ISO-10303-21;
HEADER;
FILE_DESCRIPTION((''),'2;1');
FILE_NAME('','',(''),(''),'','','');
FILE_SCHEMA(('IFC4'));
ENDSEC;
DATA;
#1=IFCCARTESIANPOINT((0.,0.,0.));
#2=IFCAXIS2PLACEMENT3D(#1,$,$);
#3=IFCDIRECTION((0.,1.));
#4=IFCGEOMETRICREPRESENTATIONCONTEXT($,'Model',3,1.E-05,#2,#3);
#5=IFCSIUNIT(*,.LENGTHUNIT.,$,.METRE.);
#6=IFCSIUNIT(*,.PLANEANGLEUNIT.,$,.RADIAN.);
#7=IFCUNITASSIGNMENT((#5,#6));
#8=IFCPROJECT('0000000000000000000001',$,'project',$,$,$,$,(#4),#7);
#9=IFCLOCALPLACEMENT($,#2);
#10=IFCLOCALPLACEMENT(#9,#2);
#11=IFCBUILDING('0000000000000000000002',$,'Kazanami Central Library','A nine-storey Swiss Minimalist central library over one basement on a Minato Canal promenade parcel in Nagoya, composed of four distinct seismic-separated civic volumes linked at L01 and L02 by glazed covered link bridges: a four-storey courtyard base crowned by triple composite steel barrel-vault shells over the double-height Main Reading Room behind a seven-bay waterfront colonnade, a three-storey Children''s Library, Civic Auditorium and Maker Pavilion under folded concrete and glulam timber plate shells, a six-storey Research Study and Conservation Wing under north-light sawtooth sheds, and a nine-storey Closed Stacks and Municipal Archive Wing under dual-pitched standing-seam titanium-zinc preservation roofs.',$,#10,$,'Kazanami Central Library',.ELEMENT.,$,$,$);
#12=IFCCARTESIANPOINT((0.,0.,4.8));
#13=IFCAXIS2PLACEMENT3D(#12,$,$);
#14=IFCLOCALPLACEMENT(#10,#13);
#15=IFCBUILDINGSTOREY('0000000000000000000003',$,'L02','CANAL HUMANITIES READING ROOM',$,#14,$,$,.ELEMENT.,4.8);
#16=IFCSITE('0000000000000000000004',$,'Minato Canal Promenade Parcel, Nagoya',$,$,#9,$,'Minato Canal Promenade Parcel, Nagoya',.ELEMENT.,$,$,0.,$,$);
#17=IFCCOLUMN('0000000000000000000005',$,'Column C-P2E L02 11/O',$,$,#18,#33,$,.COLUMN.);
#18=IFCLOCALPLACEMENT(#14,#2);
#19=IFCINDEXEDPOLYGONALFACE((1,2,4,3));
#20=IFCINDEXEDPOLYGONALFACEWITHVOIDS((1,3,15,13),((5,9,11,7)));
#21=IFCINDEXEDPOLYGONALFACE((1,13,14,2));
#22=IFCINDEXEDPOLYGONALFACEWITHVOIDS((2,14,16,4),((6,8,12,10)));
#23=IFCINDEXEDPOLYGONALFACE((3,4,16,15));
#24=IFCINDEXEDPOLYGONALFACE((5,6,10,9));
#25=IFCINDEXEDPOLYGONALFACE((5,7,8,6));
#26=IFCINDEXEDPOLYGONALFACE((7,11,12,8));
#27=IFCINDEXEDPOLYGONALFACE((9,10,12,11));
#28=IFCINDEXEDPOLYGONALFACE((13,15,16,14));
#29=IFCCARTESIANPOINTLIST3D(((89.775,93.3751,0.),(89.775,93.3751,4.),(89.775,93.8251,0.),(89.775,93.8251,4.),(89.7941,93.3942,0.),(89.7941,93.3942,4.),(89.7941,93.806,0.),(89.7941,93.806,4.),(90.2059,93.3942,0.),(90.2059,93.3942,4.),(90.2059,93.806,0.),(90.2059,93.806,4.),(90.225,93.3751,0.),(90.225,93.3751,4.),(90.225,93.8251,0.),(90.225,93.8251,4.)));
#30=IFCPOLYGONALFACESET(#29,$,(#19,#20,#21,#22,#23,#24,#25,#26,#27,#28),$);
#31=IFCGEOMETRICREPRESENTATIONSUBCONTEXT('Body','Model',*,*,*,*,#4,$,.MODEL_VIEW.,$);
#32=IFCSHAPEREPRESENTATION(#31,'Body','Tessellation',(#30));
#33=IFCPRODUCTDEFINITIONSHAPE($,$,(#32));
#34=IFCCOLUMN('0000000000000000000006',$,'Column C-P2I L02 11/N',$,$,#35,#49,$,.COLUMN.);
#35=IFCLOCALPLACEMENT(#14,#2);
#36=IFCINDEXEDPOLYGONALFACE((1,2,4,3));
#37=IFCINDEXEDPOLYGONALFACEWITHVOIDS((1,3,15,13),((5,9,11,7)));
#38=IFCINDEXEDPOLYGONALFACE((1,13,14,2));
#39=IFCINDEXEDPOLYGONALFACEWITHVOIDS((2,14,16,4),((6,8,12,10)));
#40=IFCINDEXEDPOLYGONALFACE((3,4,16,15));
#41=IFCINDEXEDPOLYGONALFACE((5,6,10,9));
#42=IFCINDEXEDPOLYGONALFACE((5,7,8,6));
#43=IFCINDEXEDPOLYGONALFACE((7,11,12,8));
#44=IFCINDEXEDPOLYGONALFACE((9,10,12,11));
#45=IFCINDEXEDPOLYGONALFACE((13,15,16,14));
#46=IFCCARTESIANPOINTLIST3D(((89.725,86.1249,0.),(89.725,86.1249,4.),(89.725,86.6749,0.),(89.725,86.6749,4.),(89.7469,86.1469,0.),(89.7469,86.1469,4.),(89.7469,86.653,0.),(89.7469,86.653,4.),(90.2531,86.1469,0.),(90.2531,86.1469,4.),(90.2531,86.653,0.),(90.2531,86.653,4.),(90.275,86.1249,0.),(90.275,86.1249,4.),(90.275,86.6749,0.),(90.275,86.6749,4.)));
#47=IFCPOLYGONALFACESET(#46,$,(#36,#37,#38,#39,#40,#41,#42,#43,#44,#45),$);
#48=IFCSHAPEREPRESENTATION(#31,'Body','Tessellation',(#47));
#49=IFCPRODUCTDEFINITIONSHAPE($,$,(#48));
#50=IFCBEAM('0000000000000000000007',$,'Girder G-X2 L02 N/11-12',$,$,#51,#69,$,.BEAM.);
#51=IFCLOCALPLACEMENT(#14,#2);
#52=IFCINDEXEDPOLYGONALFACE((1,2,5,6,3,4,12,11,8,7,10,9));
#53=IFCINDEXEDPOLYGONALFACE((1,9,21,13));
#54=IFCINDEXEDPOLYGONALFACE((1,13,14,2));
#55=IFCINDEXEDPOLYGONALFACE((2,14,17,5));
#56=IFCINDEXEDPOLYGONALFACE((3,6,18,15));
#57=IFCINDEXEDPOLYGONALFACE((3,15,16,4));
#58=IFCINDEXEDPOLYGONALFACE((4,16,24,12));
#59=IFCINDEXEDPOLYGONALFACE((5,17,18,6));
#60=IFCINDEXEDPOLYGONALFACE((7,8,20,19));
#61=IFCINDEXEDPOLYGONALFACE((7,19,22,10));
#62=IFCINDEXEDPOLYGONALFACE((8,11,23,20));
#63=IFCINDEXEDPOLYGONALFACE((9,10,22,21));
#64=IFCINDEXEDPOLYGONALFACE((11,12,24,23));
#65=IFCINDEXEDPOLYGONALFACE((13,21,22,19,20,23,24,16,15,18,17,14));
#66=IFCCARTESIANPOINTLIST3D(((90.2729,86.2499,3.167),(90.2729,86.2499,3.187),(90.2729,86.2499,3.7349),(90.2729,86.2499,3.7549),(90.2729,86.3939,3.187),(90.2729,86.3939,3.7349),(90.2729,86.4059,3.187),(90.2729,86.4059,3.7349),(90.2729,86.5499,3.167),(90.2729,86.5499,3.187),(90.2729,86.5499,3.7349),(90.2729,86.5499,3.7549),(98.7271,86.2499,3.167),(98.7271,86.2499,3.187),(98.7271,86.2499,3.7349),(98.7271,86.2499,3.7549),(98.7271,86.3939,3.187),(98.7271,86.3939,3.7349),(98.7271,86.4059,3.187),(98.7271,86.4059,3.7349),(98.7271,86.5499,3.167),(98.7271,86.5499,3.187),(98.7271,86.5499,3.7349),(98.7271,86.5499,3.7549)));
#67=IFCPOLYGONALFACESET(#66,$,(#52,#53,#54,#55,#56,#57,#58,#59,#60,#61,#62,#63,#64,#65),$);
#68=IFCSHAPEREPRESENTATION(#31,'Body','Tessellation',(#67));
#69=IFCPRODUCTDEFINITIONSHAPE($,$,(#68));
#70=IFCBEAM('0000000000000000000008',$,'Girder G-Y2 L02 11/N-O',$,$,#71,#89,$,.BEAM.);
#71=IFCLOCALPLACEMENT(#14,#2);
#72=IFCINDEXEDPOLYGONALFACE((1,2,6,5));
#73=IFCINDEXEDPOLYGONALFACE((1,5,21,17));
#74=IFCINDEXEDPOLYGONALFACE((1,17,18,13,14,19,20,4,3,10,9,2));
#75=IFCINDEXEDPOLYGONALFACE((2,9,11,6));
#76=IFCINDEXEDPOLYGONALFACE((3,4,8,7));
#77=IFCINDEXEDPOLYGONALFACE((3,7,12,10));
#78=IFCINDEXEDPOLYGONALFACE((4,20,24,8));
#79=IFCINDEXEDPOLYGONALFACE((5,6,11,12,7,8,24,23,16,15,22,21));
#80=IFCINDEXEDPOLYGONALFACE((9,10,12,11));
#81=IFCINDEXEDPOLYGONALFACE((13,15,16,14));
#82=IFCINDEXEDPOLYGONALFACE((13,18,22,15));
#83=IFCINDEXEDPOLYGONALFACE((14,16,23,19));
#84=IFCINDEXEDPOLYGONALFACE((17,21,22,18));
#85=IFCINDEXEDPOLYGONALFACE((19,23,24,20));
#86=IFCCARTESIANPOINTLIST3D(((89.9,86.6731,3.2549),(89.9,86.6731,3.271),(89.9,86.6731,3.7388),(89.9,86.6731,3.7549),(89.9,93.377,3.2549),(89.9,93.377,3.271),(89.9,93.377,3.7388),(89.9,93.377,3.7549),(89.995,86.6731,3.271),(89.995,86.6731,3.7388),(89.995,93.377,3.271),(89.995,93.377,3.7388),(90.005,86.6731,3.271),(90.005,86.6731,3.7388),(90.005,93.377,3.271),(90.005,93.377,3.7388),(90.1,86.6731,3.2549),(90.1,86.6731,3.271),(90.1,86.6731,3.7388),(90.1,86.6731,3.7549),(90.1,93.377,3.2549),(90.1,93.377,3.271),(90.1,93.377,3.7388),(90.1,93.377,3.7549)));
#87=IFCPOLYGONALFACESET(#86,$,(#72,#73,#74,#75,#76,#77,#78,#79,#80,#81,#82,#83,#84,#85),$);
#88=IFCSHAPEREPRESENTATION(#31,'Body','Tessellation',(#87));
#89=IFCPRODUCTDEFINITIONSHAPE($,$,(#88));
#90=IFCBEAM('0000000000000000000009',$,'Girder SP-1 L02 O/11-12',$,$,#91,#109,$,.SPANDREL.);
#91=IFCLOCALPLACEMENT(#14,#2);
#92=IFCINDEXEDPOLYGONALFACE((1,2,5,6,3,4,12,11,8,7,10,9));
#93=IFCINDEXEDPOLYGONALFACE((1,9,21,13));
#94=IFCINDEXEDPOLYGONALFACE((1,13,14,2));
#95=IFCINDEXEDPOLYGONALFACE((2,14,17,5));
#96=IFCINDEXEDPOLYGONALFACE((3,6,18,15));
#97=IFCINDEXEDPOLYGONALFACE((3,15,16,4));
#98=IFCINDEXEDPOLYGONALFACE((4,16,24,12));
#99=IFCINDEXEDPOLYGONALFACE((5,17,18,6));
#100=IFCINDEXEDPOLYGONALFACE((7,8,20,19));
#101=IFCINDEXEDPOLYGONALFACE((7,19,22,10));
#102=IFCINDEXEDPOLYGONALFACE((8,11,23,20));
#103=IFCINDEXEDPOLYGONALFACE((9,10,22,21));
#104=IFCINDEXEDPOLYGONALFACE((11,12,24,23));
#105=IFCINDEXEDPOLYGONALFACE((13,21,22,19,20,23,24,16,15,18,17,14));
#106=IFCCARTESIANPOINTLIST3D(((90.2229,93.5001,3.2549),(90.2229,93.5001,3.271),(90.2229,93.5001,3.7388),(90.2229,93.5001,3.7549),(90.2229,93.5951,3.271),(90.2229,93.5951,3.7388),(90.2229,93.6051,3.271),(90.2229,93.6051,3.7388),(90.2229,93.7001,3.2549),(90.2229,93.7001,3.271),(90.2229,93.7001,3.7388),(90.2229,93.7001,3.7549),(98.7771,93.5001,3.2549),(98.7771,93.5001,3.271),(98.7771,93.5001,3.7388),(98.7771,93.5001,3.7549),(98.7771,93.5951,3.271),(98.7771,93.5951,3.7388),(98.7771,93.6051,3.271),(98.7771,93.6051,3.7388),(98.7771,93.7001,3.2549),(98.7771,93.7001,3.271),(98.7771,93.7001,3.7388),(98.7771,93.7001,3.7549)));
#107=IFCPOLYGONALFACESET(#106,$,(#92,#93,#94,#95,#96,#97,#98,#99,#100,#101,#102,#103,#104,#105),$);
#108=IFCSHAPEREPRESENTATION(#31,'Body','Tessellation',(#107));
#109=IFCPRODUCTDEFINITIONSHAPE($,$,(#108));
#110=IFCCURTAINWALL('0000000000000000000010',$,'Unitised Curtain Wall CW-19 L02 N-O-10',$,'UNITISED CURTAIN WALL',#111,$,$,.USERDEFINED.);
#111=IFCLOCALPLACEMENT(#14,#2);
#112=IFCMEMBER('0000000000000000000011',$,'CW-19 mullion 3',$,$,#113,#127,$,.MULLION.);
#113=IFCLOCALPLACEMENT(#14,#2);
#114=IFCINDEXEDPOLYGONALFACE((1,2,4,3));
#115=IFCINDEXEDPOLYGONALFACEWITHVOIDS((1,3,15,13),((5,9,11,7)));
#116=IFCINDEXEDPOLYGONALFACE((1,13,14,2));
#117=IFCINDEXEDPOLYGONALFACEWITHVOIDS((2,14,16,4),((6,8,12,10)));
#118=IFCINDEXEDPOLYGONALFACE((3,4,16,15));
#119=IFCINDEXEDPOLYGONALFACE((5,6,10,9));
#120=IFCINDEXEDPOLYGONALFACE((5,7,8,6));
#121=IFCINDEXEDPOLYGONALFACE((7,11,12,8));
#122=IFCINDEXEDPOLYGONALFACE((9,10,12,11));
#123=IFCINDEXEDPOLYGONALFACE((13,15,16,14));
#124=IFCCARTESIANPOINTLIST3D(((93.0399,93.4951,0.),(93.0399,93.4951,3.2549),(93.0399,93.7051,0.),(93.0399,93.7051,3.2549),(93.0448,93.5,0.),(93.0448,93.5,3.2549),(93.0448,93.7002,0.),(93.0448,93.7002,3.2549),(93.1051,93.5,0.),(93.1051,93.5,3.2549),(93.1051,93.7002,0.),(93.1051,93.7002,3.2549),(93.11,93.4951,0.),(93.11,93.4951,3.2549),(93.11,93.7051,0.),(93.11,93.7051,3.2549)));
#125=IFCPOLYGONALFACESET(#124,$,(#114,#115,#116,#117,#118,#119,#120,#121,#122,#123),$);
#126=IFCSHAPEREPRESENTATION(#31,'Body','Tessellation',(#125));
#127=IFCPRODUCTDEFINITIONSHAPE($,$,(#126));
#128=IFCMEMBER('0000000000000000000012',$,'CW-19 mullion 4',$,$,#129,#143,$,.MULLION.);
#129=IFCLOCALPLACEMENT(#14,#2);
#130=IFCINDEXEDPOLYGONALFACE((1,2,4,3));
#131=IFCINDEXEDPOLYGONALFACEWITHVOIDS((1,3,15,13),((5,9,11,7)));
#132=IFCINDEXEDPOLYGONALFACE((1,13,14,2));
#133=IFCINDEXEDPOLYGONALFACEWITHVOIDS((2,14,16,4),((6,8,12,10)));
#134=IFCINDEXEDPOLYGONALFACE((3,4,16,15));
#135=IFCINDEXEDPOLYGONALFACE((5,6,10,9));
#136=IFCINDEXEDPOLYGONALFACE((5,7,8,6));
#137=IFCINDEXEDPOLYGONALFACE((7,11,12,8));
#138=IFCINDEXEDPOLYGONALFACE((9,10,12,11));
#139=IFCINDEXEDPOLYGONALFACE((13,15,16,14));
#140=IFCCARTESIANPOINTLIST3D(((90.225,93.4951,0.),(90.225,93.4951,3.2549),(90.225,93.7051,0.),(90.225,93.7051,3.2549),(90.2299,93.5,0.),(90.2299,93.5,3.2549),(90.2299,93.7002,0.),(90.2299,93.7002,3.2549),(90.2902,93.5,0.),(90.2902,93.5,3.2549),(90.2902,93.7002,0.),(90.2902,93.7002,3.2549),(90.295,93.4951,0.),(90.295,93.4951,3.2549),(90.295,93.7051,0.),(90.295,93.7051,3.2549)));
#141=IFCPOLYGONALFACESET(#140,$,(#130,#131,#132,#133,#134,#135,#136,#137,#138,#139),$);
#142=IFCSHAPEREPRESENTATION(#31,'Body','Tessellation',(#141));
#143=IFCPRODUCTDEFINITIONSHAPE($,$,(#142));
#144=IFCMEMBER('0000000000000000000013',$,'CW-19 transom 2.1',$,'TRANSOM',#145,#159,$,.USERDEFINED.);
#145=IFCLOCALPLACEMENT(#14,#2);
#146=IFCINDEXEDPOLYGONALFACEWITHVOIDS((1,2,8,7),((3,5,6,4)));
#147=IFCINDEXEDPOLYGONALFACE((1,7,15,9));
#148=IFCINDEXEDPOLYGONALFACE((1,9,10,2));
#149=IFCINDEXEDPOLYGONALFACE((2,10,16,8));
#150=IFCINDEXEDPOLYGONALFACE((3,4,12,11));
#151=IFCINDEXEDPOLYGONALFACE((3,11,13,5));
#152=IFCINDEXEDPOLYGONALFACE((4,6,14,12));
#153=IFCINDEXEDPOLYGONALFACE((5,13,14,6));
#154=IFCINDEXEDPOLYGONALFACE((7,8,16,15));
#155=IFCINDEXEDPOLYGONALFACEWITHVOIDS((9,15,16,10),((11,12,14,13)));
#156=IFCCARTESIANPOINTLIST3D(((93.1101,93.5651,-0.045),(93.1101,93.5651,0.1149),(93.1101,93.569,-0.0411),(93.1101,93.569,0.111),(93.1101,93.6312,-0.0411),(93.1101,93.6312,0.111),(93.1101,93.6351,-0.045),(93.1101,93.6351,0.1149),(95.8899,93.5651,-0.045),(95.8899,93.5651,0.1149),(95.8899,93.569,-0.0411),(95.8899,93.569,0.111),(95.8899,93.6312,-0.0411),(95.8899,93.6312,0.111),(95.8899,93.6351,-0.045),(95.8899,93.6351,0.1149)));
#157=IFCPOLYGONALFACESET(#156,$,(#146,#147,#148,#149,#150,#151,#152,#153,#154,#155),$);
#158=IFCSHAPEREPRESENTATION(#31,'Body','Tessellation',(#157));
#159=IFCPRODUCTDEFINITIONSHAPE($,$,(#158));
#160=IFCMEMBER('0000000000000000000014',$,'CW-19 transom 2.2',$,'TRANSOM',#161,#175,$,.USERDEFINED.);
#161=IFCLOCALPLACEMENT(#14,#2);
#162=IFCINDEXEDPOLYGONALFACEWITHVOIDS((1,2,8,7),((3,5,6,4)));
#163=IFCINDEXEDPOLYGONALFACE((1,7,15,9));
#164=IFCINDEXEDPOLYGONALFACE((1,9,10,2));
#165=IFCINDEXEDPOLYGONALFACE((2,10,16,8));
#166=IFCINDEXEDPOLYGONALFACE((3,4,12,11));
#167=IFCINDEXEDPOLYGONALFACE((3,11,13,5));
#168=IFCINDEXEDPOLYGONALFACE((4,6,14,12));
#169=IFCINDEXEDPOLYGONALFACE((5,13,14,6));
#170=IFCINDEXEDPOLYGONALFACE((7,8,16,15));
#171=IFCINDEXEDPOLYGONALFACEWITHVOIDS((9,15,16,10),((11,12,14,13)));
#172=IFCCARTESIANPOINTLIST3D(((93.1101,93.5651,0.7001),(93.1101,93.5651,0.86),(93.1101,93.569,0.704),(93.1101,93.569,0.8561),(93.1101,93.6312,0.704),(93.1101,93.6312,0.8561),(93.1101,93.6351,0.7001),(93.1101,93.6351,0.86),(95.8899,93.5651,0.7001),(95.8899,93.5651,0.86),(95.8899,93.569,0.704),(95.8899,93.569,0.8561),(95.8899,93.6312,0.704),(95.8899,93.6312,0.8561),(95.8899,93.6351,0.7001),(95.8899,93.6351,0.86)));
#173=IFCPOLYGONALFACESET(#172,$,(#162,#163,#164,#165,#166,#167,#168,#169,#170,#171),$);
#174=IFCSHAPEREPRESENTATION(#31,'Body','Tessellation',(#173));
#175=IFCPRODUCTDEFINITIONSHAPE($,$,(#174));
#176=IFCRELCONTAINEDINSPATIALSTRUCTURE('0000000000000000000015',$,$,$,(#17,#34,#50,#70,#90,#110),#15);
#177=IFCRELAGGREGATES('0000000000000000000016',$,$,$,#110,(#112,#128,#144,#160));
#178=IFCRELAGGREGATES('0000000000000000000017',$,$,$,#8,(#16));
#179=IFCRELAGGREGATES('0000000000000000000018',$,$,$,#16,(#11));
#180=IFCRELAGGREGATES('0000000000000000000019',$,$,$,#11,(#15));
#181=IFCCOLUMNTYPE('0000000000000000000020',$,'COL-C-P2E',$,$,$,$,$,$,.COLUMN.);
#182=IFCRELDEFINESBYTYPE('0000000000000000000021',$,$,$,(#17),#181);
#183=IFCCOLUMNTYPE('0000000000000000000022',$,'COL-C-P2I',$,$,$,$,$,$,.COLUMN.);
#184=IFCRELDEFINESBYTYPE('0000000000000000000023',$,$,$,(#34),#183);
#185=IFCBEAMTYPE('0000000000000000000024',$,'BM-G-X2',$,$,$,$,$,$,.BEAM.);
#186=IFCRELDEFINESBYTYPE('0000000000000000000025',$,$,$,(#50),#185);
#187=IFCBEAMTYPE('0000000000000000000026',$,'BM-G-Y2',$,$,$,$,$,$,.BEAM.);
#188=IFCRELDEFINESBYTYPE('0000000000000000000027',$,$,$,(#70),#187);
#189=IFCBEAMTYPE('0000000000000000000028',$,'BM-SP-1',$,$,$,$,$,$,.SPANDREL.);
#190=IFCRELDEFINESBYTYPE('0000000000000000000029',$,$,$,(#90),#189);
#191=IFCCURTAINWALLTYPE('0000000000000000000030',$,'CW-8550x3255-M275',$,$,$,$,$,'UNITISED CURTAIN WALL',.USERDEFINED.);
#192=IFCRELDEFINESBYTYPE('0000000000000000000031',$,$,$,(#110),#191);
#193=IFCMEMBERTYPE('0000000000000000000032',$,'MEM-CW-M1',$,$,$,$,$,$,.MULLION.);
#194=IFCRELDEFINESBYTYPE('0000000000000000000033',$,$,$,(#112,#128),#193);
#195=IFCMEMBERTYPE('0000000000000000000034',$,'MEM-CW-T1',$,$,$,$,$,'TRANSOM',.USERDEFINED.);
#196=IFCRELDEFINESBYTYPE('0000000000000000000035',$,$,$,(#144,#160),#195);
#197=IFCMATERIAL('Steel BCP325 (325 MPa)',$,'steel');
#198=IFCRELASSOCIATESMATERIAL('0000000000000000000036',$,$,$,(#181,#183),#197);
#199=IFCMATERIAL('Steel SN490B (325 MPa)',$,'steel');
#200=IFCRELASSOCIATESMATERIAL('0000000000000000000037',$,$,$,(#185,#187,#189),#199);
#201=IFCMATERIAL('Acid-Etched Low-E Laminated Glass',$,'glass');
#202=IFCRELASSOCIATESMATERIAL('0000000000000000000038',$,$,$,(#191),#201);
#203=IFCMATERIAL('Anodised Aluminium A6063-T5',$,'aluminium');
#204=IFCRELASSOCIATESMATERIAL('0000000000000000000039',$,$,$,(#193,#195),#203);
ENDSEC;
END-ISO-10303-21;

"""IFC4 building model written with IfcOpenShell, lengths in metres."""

from ifc_helpers import new_model, si_unit, direction, frame, origin, origin_2d, place, context, subcontext, project, spatial, hollow_rectangle, i_section, extrude, material, material_profile, profile_set, type_object, element, aggregate, save


model = new_model("IFC4")

# Units and contexts
model_context = context("Model", 3, precision=1e-05, world=origin(), true_north=direction((0.0, 1.0)))
body_context = subcontext(model_context, "Body", "Model", "MODEL_VIEW")
ifc_project = project(units=[si_unit("LENGTHUNIT", "METRE"), si_unit("PLANEANGLEUNIT", "RADIAN")], contexts=[model_context])

# Site, building, storey
site_placement = place(None, origin())
site = spatial("IfcSite", under=ifc_project, at=site_placement, Name="Minato Canal Promenade Parcel, Nagoya", LongName="Minato Canal Promenade Parcel, Nagoya", CompositionType="ELEMENT", RefElevation=0.0)
building_placement = place(site_placement, origin())
building = spatial("IfcBuilding", under=site, at=building_placement, Name="Kazanami Central Library", Description="A nine-storey Swiss Minimalist central library over one basement on a Minato Canal promenade parcel in Nagoya, composed of four distinct seismic-separated civic volumes linked at L01 and L02 by glazed covered link bridges: a four-storey courtyard base crowned by triple composite steel barrel-vault shells over the double-height Main Reading Room behind a seven-bay waterfront colonnade, a three-storey Children's Library, Civic Auditorium and Maker Pavilion under folded concrete and glulam timber plate shells, a six-storey Research Study and Conservation Wing under north-light sawtooth sheds, and a nine-storey Closed Stacks and Municipal Archive Wing under dual-pitched standing-seam titanium-zinc preservation roofs.", LongName="Kazanami Central Library", CompositionType="ELEMENT")
storey_placement = place(building_placement, frame((0.0, 0.0, 4.8)))
storey = spatial("IfcBuildingStorey", under=building, at=storey_placement, Name="L02", Description="CANAL HUMANITIES READING ROOM", CompositionType="ELEMENT", Elevation=4.8)

# Columns
ifc_material_1 = material(Name="Steel BCP325 (325 MPa)", Category="steel")
ifc_material_profile_1 = material_profile(ifc_material_1, hollow_rectangle(XDim=0.45, YDim=0.45, WallThickness=0.019, at=origin_2d()), Name="BCP-450x450x19")
ifc_profile_set_1 = profile_set([ifc_material_profile_1], Name="Steel BCP325 (325 MPa)")
column_type_1 = type_object("IfcColumnType", Name="COL-C-P2E", PredefinedType="COLUMN", material=ifc_profile_set_1)
column_1_placement = place(storey_placement, frame((90.0, 93.6001, 0.0), z_axis=(0.0, 0.0, 1.0), x_axis=(1.0, 0.0, 0.0)))
element("IfcColumn", 1, at=column_1_placement, inside=storey, type_object=column_type_1, Name="Column C-P2E L02 11/O", PredefinedType="COLUMN", context=body_context, shape_type="SweptSolid", body=[
    extrude(hollow_rectangle(XDim=0.45, YDim=0.45, WallThickness=0.019, at=origin_2d()), origin(), (0.0, 0.0, 1.0), 4.0),
])
ifc_material_profile_2 = material_profile(ifc_material_1, hollow_rectangle(XDim=0.55, YDim=0.55, WallThickness=0.022, at=origin_2d()), Name="BCP-550x550x22")
ifc_profile_set_2 = profile_set([ifc_material_profile_2], Name="Steel BCP325 (325 MPa)")
column_type_2 = type_object("IfcColumnType", Name="COL-C-P2I", PredefinedType="COLUMN", material=ifc_profile_set_2)
column_2_placement = place(storey_placement, frame((90.0, 86.3999, 0.0), z_axis=(0.0, 0.0, 1.0), x_axis=(1.0, 0.0, 0.0)))
element("IfcColumn", 2, at=column_2_placement, inside=storey, type_object=column_type_2, Name="Column C-P2I L02 11/N", PredefinedType="COLUMN", context=body_context, shape_type="SweptSolid", body=[
    extrude(hollow_rectangle(XDim=0.55, YDim=0.55, WallThickness=0.022, at=origin_2d()), origin(), (0.0, 0.0, 1.0), 4.0),
])

# Beams
ifc_material_2 = material(Name="Steel SN490B (325 MPa)", Category="steel")
ifc_material_profile_3 = material_profile(ifc_material_2, i_section(OverallWidth=0.3, OverallDepth=0.5879, WebThickness=0.012, FlangeThickness=0.02, at=origin_2d()), Name="H-588x300x12x20")
ifc_profile_set_3 = profile_set([ifc_material_profile_3], Name="Steel SN490B (325 MPa)")
beam_type_1 = type_object("IfcBeamType", Name="BM-G-X2", PredefinedType="BEAM", material=ifc_profile_set_3)
beam_1_placement = place(storey_placement, frame((90.2729, 86.3999, 3.4609), z_axis=(1.0, 0.0, 0.0), x_axis=(0.0, 1.0, 0.0)))
element("IfcBeam", 3, at=beam_1_placement, inside=storey, type_object=beam_type_1, Name="Girder G-X2 L02 N/11-12", PredefinedType="BEAM", context=body_context, shape_type="SweptSolid", body=[
    extrude(i_section(OverallWidth=0.3, OverallDepth=0.5879, WebThickness=0.012, FlangeThickness=0.02, at=origin_2d()), origin(), (0.0, 0.0, 1.0), 8.4541),
])
ifc_material_profile_4 = material_profile(ifc_material_2, i_section(OverallWidth=0.2, OverallDepth=0.5, WebThickness=0.01, FlangeThickness=0.0161, at=origin_2d()), Name="H-500x200x10x16")
ifc_profile_set_4 = profile_set([ifc_material_profile_4], Name="Steel SN490B (325 MPa)")
beam_type_2 = type_object("IfcBeamType", Name="BM-G-Y2", PredefinedType="BEAM", material=ifc_profile_set_4)
beam_2_placement = place(storey_placement, frame((90.0, 86.6731, 3.5049), z_axis=(0.0, 1.0, 0.0), x_axis=(-1.0, 0.0, 0.0)))
element("IfcBeam", 4, at=beam_2_placement, inside=storey, type_object=beam_type_2, Name="Girder G-Y2 L02 11/N-O", PredefinedType="BEAM", context=body_context, shape_type="SweptSolid", body=[
    extrude(i_section(OverallWidth=0.2, OverallDepth=0.5, WebThickness=0.01, FlangeThickness=0.0161, at=origin_2d()), origin(), (0.0, 0.0, 1.0), 6.7039),
])
ifc_material_profile_5 = material_profile(ifc_material_2, i_section(OverallWidth=0.2, OverallDepth=0.5, WebThickness=0.01, FlangeThickness=0.0161, at=origin_2d()), Name="H-500x200x10x16")
ifc_profile_set_5 = profile_set([ifc_material_profile_5], Name="Steel SN490B (325 MPa)")
beam_type_3 = type_object("IfcBeamType", Name="BM-SP-1", PredefinedType="SPANDREL", material=ifc_profile_set_5)
beam_3_placement = place(storey_placement, frame((90.2229, 93.6001, 3.5049), z_axis=(1.0, 0.0, 0.0), x_axis=(0.0, 1.0, 0.0)))
element("IfcBeam", 5, at=beam_3_placement, inside=storey, type_object=beam_type_3, Name="Girder SP-1 L02 O/11-12", PredefinedType="SPANDREL", context=body_context, shape_type="SweptSolid", body=[
    extrude(i_section(OverallWidth=0.2, OverallDepth=0.5, WebThickness=0.01, FlangeThickness=0.0161, at=origin_2d()), origin(), (0.0, 0.0, 1.0), 8.5542),
])

# Curtain wall, members
ifc_material_3 = material(Name="Acid-Etched Low-E Laminated Glass", Category="glass")
curtain_wall_type = type_object("IfcCurtainWallType", Name="CW-8550x3255-M275", ElementType="UNITISED CURTAIN WALL", PredefinedType="USERDEFINED", material=ifc_material_3)
curtain_wall_placement = place(storey_placement, origin())
curtain_wall = element("IfcCurtainWall", 6, at=curtain_wall_placement, inside=storey, type_object=curtain_wall_type, Name="Unitised Curtain Wall CW-19 L02 N-O-10", ObjectType="UNITISED CURTAIN WALL", PredefinedType="USERDEFINED")
ifc_material_4 = material(Name="Anodised Aluminium A6063-T5", Category="aluminium")
ifc_material_profile_6 = material_profile(ifc_material_4, hollow_rectangle(XDim=0.0701, YDim=0.21, WallThickness=0.0049, at=origin_2d()), Name="ALU-MULL-70x210x5")
ifc_profile_set_6 = profile_set([ifc_material_profile_6], Name="Anodised Aluminium A6063-T5")
member_type_1 = type_object("IfcMemberType", Name="MEM-CW-M1", PredefinedType="MULLION", material=ifc_profile_set_6)
member_1_placement = place(storey_placement, frame((93.075, 93.6001, 0.0), z_axis=(0.0, 0.0, 1.0), x_axis=(-1.0, 0.0, 0.0)))
member_1 = element("IfcMember", 7, at=member_1_placement, type_object=member_type_1, Name="CW-19 mullion 3", PredefinedType="MULLION", context=body_context, shape_type="SweptSolid", body=[
    extrude(hollow_rectangle(XDim=0.0701, YDim=0.21, WallThickness=0.0049, at=origin_2d()), origin(), (0.0, 0.0, 1.0), 3.2549),
])
member_2_placement = place(storey_placement, frame((90.26, 93.6001, 0.0), z_axis=(0.0, 0.0, 1.0), x_axis=(-1.0, 0.0, 0.0)))
member_2 = element("IfcMember", 8, at=member_2_placement, type_object=member_type_1, Name="CW-19 mullion 4", PredefinedType="MULLION", context=body_context, shape_type="SweptSolid", body=[
    extrude(hollow_rectangle(XDim=0.0701, YDim=0.21, WallThickness=0.0049, at=origin_2d()), origin(), (0.0, 0.0, 1.0), 3.2549),
])
ifc_material_profile_7 = material_profile(ifc_material_4, hollow_rectangle(XDim=0.0701, YDim=0.1599, WallThickness=0.0039, at=origin_2d()), Name="ALU-TRAN-70x160x4")
ifc_profile_set_7 = profile_set([ifc_material_profile_7], Name="Anodised Aluminium A6063-T5")
member_type_2 = type_object("IfcMemberType", Name="MEM-CW-T1", ElementType="TRANSOM", PredefinedType="USERDEFINED", material=ifc_profile_set_7)
member_3_placement = place(storey_placement, frame((95.8899, 93.6001, 0.0349), z_axis=(-1.0, 0.0, 0.0), x_axis=(0.0, -1.0, 0.0)))
member_3 = element("IfcMember", 9, at=member_3_placement, type_object=member_type_2, Name="CW-19 transom 2.1", ObjectType="TRANSOM", PredefinedType="USERDEFINED", context=body_context, shape_type="SweptSolid", body=[
    extrude(hollow_rectangle(XDim=0.0701, YDim=0.1599, WallThickness=0.0039, at=origin_2d()), origin(), (0.0, 0.0, 1.0), 2.7798),
])
member_4_placement = place(storey_placement, frame((95.8899, 93.6001, 0.78), z_axis=(-1.0, 0.0, 0.0), x_axis=(0.0, -1.0, 0.0)))
member_4 = element("IfcMember", 10, at=member_4_placement, type_object=member_type_2, Name="CW-19 transom 2.2", ObjectType="TRANSOM", PredefinedType="USERDEFINED", context=body_context, shape_type="SweptSolid", body=[
    extrude(hollow_rectangle(XDim=0.0701, YDim=0.1599, WallThickness=0.0039, at=origin_2d()), origin(), (0.0, 0.0, 1.0), 2.7798),
])
aggregate(curtain_wall, [member_1, member_2, member_3, member_4])

save(model, "model.ifc")
